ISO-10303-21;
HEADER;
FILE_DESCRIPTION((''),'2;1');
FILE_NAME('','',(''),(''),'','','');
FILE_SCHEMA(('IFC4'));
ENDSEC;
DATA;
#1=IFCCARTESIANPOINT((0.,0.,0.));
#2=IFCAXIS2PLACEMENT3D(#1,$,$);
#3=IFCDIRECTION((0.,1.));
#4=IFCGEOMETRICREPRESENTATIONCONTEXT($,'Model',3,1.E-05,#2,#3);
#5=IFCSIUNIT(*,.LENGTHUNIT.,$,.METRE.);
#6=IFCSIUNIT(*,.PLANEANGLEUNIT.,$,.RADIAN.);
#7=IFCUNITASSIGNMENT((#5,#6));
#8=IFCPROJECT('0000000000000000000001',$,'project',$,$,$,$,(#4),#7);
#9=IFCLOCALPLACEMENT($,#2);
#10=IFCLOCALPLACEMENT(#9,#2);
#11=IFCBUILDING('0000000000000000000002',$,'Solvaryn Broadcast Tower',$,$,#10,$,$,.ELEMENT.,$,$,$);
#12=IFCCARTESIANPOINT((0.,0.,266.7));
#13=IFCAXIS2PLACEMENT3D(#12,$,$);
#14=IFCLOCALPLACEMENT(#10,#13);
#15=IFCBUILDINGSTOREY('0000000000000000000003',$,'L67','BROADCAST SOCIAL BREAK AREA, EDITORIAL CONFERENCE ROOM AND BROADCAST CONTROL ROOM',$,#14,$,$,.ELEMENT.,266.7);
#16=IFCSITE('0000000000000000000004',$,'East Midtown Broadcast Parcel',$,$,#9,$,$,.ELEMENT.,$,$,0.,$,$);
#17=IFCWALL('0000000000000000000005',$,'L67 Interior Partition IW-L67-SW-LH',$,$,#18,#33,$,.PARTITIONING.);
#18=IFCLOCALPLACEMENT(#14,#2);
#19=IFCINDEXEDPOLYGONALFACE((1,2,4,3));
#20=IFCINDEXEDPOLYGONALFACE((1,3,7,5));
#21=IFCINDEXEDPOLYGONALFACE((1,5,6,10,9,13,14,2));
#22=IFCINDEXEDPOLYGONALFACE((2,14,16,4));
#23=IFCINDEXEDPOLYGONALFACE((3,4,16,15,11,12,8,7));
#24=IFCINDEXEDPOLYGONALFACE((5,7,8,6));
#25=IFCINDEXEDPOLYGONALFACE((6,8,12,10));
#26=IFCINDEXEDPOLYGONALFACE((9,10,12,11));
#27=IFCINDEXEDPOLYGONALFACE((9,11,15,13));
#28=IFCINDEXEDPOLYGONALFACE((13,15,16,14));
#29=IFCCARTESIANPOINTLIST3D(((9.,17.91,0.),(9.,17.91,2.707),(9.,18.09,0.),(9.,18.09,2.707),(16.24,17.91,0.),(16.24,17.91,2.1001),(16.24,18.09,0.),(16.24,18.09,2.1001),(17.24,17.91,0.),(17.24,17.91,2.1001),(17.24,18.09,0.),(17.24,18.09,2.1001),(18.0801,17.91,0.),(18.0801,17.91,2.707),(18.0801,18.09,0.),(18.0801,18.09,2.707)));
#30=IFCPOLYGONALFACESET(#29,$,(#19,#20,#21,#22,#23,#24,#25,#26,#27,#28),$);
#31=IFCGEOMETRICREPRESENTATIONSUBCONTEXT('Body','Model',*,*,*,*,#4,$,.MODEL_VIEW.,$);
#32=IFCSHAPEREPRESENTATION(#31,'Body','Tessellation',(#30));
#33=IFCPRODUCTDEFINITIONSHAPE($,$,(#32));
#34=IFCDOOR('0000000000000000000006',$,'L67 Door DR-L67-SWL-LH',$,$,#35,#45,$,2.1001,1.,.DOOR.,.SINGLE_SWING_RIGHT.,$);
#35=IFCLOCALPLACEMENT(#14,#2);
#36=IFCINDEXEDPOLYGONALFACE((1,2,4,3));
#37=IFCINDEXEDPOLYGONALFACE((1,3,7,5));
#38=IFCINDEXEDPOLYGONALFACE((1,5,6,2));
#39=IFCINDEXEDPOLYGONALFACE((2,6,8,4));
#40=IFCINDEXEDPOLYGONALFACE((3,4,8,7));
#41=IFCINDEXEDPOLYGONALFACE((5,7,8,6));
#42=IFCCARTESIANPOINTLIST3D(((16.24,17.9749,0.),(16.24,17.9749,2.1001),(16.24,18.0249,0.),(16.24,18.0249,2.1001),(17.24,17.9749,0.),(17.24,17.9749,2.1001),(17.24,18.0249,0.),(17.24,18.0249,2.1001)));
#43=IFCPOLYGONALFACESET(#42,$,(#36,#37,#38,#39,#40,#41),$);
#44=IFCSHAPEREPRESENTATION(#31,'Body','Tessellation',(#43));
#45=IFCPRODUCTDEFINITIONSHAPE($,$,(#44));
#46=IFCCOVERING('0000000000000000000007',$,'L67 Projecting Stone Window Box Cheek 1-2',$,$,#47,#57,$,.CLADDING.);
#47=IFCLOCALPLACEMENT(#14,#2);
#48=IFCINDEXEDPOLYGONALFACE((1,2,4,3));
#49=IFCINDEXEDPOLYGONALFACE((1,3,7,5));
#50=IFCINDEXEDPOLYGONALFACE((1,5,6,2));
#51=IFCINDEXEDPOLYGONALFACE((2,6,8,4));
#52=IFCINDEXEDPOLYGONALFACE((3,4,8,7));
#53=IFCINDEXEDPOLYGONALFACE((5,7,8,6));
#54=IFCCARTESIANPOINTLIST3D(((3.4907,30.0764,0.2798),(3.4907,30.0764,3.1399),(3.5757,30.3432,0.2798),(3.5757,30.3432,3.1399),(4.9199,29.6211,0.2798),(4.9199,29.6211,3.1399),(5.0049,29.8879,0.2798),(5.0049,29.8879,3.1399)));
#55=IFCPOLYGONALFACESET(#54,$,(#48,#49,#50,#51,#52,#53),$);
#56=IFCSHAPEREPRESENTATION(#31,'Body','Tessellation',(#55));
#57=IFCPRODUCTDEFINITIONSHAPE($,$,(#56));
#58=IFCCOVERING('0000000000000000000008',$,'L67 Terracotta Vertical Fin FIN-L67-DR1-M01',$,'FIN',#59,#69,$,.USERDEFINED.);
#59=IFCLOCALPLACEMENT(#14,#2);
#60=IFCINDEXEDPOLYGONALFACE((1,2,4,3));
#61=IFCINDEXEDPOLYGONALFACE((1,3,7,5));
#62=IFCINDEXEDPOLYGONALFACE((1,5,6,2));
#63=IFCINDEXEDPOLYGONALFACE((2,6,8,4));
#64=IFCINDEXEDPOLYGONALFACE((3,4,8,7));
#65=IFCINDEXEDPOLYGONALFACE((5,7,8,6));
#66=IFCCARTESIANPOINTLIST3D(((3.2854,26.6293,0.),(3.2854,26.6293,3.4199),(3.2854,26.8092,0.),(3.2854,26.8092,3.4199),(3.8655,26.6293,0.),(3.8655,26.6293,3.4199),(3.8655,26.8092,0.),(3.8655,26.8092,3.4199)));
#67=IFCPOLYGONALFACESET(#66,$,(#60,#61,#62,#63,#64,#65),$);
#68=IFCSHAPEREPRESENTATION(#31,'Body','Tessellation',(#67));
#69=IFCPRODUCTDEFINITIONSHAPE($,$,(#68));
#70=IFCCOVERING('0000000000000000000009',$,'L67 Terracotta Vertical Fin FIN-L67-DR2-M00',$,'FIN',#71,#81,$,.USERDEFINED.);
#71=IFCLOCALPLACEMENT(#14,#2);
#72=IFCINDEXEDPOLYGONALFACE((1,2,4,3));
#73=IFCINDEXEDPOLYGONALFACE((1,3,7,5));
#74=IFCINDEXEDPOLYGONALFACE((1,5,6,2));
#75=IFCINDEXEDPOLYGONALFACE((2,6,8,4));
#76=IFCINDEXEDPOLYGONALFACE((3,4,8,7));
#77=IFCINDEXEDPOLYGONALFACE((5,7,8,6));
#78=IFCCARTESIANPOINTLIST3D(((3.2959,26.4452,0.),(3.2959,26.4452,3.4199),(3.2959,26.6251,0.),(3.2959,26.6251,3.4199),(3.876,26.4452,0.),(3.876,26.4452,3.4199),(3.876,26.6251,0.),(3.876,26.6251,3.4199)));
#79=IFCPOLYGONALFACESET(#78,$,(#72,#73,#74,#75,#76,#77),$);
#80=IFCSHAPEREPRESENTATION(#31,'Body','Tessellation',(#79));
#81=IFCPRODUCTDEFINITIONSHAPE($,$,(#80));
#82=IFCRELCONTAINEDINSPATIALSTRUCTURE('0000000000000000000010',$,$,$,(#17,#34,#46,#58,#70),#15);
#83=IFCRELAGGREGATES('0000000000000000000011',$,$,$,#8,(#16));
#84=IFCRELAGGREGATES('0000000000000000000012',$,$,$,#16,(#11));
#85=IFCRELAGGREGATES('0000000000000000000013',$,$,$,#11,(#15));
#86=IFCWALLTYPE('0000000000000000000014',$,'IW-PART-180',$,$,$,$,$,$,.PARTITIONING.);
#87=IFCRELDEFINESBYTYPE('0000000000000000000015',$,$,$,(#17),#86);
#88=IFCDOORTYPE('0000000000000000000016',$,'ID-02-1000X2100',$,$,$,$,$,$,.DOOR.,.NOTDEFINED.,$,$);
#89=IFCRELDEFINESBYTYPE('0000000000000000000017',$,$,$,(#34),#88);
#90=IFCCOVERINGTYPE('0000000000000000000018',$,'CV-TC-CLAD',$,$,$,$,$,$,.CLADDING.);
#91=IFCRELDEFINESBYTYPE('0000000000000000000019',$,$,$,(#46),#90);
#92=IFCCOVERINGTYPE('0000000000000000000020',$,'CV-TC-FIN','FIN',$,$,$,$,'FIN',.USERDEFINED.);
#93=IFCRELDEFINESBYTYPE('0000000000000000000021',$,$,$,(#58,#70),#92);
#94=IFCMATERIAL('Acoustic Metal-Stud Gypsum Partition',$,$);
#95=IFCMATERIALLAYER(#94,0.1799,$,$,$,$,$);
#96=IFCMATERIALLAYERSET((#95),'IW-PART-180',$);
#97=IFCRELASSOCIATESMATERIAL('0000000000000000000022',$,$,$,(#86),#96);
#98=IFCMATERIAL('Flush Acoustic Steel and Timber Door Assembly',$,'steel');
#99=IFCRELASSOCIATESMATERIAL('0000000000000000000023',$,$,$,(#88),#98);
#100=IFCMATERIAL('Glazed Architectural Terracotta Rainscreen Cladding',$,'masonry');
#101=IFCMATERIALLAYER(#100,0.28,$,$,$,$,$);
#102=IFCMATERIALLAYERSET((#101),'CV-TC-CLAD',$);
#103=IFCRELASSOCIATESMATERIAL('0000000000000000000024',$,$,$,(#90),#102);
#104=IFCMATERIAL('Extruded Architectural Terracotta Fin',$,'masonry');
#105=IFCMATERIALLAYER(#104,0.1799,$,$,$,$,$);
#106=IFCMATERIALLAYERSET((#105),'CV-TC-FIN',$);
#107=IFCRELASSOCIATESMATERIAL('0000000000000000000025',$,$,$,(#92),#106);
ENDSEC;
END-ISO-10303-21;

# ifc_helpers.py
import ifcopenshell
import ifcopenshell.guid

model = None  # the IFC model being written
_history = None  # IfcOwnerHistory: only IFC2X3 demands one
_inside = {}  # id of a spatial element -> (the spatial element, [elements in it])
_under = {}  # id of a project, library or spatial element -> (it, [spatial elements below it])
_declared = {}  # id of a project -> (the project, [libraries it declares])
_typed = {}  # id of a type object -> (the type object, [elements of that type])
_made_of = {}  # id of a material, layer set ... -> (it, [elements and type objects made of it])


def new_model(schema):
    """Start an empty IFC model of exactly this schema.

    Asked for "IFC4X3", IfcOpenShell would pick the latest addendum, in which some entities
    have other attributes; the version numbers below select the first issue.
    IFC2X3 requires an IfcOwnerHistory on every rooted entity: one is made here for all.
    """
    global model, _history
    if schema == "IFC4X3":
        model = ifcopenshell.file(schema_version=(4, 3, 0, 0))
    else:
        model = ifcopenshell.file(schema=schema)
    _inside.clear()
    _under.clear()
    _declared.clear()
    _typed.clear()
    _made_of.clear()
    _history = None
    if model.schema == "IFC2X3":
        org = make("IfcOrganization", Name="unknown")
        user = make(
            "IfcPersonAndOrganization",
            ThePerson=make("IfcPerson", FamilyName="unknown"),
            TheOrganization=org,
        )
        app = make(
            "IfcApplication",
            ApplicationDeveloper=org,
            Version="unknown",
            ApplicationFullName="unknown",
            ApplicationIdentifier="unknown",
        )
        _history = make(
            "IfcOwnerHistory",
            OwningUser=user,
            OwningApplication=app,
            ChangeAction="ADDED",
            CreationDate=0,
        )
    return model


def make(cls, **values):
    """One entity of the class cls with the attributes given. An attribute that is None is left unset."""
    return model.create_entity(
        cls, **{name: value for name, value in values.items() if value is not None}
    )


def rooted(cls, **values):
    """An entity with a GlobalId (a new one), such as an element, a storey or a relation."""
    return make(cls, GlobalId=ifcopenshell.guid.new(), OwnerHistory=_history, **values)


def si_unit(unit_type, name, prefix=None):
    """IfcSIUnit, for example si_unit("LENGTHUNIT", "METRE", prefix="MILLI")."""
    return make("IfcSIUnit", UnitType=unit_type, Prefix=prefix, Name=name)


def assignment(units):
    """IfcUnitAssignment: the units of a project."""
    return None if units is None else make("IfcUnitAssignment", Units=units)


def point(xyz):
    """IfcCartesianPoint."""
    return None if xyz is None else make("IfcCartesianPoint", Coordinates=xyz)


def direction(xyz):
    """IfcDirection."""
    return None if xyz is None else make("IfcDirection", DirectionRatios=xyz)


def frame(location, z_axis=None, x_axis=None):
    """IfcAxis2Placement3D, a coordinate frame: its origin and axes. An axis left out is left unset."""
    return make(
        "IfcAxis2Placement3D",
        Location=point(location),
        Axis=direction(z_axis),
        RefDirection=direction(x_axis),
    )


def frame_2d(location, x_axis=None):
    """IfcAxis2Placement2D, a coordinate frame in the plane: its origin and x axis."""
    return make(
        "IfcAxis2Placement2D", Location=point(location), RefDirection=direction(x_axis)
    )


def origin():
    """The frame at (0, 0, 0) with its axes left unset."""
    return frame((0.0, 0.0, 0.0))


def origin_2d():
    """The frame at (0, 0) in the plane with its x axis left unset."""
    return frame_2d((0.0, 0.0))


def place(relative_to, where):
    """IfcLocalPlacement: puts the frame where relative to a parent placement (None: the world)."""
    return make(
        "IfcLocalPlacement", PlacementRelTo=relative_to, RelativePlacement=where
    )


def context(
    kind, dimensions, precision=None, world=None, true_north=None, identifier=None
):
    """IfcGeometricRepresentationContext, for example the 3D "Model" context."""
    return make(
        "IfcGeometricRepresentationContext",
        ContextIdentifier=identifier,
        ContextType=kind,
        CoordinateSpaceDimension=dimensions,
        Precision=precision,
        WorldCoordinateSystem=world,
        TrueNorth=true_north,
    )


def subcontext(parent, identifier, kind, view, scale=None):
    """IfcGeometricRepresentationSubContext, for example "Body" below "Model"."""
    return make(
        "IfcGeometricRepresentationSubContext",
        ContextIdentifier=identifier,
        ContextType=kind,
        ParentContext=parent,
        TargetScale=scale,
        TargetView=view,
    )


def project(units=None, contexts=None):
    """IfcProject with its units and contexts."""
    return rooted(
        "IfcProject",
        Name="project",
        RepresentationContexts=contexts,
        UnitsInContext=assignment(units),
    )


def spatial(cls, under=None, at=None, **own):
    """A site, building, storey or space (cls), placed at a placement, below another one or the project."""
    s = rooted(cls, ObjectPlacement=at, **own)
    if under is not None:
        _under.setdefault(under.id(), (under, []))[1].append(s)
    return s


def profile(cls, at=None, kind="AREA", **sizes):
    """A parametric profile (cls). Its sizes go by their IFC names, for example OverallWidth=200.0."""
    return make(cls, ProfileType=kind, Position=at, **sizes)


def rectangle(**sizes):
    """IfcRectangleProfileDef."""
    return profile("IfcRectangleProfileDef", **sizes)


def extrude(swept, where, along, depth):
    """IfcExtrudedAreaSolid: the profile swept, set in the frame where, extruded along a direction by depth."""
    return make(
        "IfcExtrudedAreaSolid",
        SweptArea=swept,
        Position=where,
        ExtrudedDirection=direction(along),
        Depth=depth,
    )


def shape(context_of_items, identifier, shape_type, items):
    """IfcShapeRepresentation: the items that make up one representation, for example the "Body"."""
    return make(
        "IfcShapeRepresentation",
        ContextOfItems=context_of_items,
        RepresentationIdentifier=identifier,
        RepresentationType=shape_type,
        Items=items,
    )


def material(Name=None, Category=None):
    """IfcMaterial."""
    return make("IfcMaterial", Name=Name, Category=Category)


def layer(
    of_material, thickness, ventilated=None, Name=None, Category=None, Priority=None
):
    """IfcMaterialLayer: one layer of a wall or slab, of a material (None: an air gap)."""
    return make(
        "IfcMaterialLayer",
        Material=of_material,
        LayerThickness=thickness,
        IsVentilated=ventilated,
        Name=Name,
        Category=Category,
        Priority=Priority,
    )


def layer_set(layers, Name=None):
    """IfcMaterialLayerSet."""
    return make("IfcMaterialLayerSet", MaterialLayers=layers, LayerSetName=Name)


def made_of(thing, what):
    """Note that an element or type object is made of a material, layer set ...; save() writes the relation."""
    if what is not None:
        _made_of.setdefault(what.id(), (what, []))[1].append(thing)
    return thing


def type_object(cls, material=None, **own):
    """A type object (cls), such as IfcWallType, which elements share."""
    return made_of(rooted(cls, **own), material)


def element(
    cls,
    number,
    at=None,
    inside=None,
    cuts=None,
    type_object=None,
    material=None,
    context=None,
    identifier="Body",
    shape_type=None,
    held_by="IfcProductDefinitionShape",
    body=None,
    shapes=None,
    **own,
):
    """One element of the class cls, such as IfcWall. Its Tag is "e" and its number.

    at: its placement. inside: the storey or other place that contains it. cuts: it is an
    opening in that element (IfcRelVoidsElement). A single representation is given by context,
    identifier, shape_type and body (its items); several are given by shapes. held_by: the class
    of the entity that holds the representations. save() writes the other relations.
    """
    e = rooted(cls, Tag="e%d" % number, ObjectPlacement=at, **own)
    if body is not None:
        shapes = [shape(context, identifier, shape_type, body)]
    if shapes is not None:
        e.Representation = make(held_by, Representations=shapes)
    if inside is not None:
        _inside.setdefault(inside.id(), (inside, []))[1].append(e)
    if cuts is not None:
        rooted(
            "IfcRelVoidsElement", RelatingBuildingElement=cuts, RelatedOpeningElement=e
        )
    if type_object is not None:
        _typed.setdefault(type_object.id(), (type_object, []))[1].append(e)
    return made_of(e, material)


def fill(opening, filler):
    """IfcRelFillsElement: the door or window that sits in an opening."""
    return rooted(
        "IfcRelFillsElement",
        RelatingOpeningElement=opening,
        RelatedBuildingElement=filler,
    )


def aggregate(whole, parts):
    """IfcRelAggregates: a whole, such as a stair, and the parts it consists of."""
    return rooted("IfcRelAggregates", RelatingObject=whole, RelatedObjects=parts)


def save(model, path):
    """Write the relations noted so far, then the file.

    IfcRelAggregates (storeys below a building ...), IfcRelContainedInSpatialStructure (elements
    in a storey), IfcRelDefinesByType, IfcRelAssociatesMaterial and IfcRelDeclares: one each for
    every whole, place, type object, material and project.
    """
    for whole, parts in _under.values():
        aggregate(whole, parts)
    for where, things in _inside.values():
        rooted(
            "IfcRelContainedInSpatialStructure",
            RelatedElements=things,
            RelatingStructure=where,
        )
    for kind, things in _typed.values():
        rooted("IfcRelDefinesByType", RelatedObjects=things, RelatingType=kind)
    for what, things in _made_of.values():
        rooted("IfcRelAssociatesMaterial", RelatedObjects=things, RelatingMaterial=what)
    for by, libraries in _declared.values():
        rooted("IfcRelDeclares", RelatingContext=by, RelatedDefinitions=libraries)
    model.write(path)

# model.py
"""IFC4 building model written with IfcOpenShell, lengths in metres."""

from ifc_helpers import new_model, si_unit, direction, frame, frame_2d, origin, origin_2d, place, context, subcontext, project, spatial, rectangle, extrude, material, layer, layer_set, type_object, element, fill, save


model = new_model("IFC4")

# Units and contexts
model_context = context("Model", 3, precision=1e-05, world=origin(), true_north=direction((0.0, 1.0)))
body_context = subcontext(model_context, "Body", "Model", "MODEL_VIEW")
ifc_project = project(units=[si_unit("LENGTHUNIT", "METRE"), si_unit("PLANEANGLEUNIT", "RADIAN")], contexts=[model_context])

# Site, building, storey
site_placement = place(None, origin())
site = spatial("IfcSite", under=ifc_project, at=site_placement, Name="East Midtown Broadcast Parcel", CompositionType="ELEMENT", RefElevation=0.0)
building_placement = place(site_placement, origin())
building = spatial("IfcBuilding", under=site, at=building_placement, Name="Solvaryn Broadcast Tower", CompositionType="ELEMENT")
storey_placement = place(building_placement, frame((0.0, 0.0, 266.7)))
storey = spatial("IfcBuildingStorey", under=building, at=storey_placement, Name="L67", Description="BROADCAST SOCIAL BREAK AREA, EDITORIAL CONFERENCE ROOM AND BROADCAST CONTROL ROOM", CompositionType="ELEMENT", Elevation=266.7)

# Wall, opening, door
ifc_material_1 = material(Name="Acoustic Metal-Stud Gypsum Partition")
ifc_layer_1 = layer(ifc_material_1, 0.1799)
ifc_layer_set_1 = layer_set([ifc_layer_1], Name="IW-PART-180")
wall_type = type_object("IfcWallType", Name="IW-PART-180", PredefinedType="PARTITIONING", material=ifc_layer_set_1)
wall_placement = place(storey_placement, frame((9.0, 18.0, 0.0), z_axis=(0.0, 0.0, 1.0), x_axis=(1.0, 0.0, 0.0)))
wall = element("IfcWall", 1, at=wall_placement, inside=storey, type_object=wall_type, Name="L67 Interior Partition IW-L67-SW-LH", PredefinedType="PARTITIONING", context=body_context, shape_type="SweptSolid", body=[
    extrude(rectangle(XDim=9.0801, YDim=0.1799, at=frame_2d((4.54, 0.0))), origin(), (0.0, 0.0, 1.0), 2.707),
])
opening_placement = place(wall_placement, frame((7.24, 0.0, 0.0)))
opening = element("IfcOpeningElement", 2, at=opening_placement, cuts=wall, PredefinedType="OPENING", context=body_context, shape_type="SweptSolid", body=[
    extrude(rectangle(XDim=1.0, YDim=2.1001, at=frame_2d((0.5, 1.05))), frame((0.0, 0.0999, 0.0), z_axis=(0.0, -1.0, 0.0), x_axis=(1.0, 0.0, 0.0)), (0.0, 0.0, 1.0), 0.2),
])
ifc_material_2 = material(Name="Flush Acoustic Steel and Timber Door Assembly", Category="steel")
door_type = type_object("IfcDoorType", Name="ID-02-1000X2100", OperationType="NOTDEFINED", PredefinedType="DOOR", material=ifc_material_2)
door_placement = place(opening_placement, origin())
door = element("IfcDoor", 3, at=door_placement, inside=storey, type_object=door_type, Name="L67 Door DR-L67-SWL-LH", OperationType="SINGLE_SWING_RIGHT", OverallHeight=2.1001, OverallWidth=1.0, PredefinedType="DOOR", context=body_context, shape_type="SweptSolid", body=[
    extrude(rectangle(XDim=1.0, YDim=2.1001, at=frame_2d((0.5, 1.05))), frame((0.0, 0.0249, 0.0), z_axis=(0.0, -1.0, 0.0), x_axis=(1.0, 0.0, 0.0)), (0.0, 0.0, 1.0), 0.05),
])
fill(opening, door)

# Coverings
ifc_material_3 = material(Name="Glazed Architectural Terracotta Rainscreen Cladding", Category="masonry")
ifc_layer_2 = layer(ifc_material_3, 0.28)
ifc_layer_set_2 = layer_set([ifc_layer_2], Name="CV-TC-CLAD")
covering_type_1 = type_object("IfcCoveringType", Name="CV-TC-CLAD", PredefinedType="CLADDING", material=ifc_layer_set_2)
covering_placement = place(storey_placement, frame((4.2478, 29.9822, 0.2798), z_axis=(0.0, 0.0, 1.0), x_axis=(-0.303534, -0.952821, 0.0)))
element("IfcCovering", 4, at=covering_placement, inside=storey, type_object=covering_type_1, Name="L67 Projecting Stone Window Box Cheek 1-2", PredefinedType="CLADDING", context=body_context, shape_type="SweptSolid", body=[
    extrude(rectangle(XDim=0.28, YDim=1.5, at=origin_2d()), origin(), (0.0, 0.0, 1.0), 2.8601),
])
ifc_material_4 = material(Name="Extruded Architectural Terracotta Fin", Category="masonry")
ifc_layer_3 = layer(ifc_material_4, 0.1799)
ifc_layer_set_3 = layer_set([ifc_layer_3], Name="CV-TC-FIN")
covering_type_2 = type_object("IfcCoveringType", Name="CV-TC-FIN", Description="FIN", ElementType="FIN", PredefinedType="USERDEFINED", material=ifc_layer_set_3)
for number, where, z_axis, x_axis, name in (
    (5, (3.5754, 26.7192, 0.0), (0.0, 0.0, 1.0), (1.0, 0.0, 0.0), "L67 Terracotta Vertical Fin FIN-L67-DR1-M01"),
    (6, (3.5859, 26.5352, 0.0), (0.0, 0.0, 1.0), (1.0, 0.0, 0.0), "L67 Terracotta Vertical Fin FIN-L67-DR2-M00"),
):
    element("IfcCovering", number, at=place(storey_placement, frame(where, z_axis=z_axis, x_axis=x_axis)), inside=storey, type_object=covering_type_2, Name=name, ObjectType="FIN", PredefinedType="USERDEFINED", context=body_context, shape_type="SweptSolid", body=[
        extrude(rectangle(XDim=0.5801, YDim=0.1799, at=origin_2d()), origin(), (0.0, 0.0, 1.0), 3.4199),
    ])

save(model, "model.ifc")
